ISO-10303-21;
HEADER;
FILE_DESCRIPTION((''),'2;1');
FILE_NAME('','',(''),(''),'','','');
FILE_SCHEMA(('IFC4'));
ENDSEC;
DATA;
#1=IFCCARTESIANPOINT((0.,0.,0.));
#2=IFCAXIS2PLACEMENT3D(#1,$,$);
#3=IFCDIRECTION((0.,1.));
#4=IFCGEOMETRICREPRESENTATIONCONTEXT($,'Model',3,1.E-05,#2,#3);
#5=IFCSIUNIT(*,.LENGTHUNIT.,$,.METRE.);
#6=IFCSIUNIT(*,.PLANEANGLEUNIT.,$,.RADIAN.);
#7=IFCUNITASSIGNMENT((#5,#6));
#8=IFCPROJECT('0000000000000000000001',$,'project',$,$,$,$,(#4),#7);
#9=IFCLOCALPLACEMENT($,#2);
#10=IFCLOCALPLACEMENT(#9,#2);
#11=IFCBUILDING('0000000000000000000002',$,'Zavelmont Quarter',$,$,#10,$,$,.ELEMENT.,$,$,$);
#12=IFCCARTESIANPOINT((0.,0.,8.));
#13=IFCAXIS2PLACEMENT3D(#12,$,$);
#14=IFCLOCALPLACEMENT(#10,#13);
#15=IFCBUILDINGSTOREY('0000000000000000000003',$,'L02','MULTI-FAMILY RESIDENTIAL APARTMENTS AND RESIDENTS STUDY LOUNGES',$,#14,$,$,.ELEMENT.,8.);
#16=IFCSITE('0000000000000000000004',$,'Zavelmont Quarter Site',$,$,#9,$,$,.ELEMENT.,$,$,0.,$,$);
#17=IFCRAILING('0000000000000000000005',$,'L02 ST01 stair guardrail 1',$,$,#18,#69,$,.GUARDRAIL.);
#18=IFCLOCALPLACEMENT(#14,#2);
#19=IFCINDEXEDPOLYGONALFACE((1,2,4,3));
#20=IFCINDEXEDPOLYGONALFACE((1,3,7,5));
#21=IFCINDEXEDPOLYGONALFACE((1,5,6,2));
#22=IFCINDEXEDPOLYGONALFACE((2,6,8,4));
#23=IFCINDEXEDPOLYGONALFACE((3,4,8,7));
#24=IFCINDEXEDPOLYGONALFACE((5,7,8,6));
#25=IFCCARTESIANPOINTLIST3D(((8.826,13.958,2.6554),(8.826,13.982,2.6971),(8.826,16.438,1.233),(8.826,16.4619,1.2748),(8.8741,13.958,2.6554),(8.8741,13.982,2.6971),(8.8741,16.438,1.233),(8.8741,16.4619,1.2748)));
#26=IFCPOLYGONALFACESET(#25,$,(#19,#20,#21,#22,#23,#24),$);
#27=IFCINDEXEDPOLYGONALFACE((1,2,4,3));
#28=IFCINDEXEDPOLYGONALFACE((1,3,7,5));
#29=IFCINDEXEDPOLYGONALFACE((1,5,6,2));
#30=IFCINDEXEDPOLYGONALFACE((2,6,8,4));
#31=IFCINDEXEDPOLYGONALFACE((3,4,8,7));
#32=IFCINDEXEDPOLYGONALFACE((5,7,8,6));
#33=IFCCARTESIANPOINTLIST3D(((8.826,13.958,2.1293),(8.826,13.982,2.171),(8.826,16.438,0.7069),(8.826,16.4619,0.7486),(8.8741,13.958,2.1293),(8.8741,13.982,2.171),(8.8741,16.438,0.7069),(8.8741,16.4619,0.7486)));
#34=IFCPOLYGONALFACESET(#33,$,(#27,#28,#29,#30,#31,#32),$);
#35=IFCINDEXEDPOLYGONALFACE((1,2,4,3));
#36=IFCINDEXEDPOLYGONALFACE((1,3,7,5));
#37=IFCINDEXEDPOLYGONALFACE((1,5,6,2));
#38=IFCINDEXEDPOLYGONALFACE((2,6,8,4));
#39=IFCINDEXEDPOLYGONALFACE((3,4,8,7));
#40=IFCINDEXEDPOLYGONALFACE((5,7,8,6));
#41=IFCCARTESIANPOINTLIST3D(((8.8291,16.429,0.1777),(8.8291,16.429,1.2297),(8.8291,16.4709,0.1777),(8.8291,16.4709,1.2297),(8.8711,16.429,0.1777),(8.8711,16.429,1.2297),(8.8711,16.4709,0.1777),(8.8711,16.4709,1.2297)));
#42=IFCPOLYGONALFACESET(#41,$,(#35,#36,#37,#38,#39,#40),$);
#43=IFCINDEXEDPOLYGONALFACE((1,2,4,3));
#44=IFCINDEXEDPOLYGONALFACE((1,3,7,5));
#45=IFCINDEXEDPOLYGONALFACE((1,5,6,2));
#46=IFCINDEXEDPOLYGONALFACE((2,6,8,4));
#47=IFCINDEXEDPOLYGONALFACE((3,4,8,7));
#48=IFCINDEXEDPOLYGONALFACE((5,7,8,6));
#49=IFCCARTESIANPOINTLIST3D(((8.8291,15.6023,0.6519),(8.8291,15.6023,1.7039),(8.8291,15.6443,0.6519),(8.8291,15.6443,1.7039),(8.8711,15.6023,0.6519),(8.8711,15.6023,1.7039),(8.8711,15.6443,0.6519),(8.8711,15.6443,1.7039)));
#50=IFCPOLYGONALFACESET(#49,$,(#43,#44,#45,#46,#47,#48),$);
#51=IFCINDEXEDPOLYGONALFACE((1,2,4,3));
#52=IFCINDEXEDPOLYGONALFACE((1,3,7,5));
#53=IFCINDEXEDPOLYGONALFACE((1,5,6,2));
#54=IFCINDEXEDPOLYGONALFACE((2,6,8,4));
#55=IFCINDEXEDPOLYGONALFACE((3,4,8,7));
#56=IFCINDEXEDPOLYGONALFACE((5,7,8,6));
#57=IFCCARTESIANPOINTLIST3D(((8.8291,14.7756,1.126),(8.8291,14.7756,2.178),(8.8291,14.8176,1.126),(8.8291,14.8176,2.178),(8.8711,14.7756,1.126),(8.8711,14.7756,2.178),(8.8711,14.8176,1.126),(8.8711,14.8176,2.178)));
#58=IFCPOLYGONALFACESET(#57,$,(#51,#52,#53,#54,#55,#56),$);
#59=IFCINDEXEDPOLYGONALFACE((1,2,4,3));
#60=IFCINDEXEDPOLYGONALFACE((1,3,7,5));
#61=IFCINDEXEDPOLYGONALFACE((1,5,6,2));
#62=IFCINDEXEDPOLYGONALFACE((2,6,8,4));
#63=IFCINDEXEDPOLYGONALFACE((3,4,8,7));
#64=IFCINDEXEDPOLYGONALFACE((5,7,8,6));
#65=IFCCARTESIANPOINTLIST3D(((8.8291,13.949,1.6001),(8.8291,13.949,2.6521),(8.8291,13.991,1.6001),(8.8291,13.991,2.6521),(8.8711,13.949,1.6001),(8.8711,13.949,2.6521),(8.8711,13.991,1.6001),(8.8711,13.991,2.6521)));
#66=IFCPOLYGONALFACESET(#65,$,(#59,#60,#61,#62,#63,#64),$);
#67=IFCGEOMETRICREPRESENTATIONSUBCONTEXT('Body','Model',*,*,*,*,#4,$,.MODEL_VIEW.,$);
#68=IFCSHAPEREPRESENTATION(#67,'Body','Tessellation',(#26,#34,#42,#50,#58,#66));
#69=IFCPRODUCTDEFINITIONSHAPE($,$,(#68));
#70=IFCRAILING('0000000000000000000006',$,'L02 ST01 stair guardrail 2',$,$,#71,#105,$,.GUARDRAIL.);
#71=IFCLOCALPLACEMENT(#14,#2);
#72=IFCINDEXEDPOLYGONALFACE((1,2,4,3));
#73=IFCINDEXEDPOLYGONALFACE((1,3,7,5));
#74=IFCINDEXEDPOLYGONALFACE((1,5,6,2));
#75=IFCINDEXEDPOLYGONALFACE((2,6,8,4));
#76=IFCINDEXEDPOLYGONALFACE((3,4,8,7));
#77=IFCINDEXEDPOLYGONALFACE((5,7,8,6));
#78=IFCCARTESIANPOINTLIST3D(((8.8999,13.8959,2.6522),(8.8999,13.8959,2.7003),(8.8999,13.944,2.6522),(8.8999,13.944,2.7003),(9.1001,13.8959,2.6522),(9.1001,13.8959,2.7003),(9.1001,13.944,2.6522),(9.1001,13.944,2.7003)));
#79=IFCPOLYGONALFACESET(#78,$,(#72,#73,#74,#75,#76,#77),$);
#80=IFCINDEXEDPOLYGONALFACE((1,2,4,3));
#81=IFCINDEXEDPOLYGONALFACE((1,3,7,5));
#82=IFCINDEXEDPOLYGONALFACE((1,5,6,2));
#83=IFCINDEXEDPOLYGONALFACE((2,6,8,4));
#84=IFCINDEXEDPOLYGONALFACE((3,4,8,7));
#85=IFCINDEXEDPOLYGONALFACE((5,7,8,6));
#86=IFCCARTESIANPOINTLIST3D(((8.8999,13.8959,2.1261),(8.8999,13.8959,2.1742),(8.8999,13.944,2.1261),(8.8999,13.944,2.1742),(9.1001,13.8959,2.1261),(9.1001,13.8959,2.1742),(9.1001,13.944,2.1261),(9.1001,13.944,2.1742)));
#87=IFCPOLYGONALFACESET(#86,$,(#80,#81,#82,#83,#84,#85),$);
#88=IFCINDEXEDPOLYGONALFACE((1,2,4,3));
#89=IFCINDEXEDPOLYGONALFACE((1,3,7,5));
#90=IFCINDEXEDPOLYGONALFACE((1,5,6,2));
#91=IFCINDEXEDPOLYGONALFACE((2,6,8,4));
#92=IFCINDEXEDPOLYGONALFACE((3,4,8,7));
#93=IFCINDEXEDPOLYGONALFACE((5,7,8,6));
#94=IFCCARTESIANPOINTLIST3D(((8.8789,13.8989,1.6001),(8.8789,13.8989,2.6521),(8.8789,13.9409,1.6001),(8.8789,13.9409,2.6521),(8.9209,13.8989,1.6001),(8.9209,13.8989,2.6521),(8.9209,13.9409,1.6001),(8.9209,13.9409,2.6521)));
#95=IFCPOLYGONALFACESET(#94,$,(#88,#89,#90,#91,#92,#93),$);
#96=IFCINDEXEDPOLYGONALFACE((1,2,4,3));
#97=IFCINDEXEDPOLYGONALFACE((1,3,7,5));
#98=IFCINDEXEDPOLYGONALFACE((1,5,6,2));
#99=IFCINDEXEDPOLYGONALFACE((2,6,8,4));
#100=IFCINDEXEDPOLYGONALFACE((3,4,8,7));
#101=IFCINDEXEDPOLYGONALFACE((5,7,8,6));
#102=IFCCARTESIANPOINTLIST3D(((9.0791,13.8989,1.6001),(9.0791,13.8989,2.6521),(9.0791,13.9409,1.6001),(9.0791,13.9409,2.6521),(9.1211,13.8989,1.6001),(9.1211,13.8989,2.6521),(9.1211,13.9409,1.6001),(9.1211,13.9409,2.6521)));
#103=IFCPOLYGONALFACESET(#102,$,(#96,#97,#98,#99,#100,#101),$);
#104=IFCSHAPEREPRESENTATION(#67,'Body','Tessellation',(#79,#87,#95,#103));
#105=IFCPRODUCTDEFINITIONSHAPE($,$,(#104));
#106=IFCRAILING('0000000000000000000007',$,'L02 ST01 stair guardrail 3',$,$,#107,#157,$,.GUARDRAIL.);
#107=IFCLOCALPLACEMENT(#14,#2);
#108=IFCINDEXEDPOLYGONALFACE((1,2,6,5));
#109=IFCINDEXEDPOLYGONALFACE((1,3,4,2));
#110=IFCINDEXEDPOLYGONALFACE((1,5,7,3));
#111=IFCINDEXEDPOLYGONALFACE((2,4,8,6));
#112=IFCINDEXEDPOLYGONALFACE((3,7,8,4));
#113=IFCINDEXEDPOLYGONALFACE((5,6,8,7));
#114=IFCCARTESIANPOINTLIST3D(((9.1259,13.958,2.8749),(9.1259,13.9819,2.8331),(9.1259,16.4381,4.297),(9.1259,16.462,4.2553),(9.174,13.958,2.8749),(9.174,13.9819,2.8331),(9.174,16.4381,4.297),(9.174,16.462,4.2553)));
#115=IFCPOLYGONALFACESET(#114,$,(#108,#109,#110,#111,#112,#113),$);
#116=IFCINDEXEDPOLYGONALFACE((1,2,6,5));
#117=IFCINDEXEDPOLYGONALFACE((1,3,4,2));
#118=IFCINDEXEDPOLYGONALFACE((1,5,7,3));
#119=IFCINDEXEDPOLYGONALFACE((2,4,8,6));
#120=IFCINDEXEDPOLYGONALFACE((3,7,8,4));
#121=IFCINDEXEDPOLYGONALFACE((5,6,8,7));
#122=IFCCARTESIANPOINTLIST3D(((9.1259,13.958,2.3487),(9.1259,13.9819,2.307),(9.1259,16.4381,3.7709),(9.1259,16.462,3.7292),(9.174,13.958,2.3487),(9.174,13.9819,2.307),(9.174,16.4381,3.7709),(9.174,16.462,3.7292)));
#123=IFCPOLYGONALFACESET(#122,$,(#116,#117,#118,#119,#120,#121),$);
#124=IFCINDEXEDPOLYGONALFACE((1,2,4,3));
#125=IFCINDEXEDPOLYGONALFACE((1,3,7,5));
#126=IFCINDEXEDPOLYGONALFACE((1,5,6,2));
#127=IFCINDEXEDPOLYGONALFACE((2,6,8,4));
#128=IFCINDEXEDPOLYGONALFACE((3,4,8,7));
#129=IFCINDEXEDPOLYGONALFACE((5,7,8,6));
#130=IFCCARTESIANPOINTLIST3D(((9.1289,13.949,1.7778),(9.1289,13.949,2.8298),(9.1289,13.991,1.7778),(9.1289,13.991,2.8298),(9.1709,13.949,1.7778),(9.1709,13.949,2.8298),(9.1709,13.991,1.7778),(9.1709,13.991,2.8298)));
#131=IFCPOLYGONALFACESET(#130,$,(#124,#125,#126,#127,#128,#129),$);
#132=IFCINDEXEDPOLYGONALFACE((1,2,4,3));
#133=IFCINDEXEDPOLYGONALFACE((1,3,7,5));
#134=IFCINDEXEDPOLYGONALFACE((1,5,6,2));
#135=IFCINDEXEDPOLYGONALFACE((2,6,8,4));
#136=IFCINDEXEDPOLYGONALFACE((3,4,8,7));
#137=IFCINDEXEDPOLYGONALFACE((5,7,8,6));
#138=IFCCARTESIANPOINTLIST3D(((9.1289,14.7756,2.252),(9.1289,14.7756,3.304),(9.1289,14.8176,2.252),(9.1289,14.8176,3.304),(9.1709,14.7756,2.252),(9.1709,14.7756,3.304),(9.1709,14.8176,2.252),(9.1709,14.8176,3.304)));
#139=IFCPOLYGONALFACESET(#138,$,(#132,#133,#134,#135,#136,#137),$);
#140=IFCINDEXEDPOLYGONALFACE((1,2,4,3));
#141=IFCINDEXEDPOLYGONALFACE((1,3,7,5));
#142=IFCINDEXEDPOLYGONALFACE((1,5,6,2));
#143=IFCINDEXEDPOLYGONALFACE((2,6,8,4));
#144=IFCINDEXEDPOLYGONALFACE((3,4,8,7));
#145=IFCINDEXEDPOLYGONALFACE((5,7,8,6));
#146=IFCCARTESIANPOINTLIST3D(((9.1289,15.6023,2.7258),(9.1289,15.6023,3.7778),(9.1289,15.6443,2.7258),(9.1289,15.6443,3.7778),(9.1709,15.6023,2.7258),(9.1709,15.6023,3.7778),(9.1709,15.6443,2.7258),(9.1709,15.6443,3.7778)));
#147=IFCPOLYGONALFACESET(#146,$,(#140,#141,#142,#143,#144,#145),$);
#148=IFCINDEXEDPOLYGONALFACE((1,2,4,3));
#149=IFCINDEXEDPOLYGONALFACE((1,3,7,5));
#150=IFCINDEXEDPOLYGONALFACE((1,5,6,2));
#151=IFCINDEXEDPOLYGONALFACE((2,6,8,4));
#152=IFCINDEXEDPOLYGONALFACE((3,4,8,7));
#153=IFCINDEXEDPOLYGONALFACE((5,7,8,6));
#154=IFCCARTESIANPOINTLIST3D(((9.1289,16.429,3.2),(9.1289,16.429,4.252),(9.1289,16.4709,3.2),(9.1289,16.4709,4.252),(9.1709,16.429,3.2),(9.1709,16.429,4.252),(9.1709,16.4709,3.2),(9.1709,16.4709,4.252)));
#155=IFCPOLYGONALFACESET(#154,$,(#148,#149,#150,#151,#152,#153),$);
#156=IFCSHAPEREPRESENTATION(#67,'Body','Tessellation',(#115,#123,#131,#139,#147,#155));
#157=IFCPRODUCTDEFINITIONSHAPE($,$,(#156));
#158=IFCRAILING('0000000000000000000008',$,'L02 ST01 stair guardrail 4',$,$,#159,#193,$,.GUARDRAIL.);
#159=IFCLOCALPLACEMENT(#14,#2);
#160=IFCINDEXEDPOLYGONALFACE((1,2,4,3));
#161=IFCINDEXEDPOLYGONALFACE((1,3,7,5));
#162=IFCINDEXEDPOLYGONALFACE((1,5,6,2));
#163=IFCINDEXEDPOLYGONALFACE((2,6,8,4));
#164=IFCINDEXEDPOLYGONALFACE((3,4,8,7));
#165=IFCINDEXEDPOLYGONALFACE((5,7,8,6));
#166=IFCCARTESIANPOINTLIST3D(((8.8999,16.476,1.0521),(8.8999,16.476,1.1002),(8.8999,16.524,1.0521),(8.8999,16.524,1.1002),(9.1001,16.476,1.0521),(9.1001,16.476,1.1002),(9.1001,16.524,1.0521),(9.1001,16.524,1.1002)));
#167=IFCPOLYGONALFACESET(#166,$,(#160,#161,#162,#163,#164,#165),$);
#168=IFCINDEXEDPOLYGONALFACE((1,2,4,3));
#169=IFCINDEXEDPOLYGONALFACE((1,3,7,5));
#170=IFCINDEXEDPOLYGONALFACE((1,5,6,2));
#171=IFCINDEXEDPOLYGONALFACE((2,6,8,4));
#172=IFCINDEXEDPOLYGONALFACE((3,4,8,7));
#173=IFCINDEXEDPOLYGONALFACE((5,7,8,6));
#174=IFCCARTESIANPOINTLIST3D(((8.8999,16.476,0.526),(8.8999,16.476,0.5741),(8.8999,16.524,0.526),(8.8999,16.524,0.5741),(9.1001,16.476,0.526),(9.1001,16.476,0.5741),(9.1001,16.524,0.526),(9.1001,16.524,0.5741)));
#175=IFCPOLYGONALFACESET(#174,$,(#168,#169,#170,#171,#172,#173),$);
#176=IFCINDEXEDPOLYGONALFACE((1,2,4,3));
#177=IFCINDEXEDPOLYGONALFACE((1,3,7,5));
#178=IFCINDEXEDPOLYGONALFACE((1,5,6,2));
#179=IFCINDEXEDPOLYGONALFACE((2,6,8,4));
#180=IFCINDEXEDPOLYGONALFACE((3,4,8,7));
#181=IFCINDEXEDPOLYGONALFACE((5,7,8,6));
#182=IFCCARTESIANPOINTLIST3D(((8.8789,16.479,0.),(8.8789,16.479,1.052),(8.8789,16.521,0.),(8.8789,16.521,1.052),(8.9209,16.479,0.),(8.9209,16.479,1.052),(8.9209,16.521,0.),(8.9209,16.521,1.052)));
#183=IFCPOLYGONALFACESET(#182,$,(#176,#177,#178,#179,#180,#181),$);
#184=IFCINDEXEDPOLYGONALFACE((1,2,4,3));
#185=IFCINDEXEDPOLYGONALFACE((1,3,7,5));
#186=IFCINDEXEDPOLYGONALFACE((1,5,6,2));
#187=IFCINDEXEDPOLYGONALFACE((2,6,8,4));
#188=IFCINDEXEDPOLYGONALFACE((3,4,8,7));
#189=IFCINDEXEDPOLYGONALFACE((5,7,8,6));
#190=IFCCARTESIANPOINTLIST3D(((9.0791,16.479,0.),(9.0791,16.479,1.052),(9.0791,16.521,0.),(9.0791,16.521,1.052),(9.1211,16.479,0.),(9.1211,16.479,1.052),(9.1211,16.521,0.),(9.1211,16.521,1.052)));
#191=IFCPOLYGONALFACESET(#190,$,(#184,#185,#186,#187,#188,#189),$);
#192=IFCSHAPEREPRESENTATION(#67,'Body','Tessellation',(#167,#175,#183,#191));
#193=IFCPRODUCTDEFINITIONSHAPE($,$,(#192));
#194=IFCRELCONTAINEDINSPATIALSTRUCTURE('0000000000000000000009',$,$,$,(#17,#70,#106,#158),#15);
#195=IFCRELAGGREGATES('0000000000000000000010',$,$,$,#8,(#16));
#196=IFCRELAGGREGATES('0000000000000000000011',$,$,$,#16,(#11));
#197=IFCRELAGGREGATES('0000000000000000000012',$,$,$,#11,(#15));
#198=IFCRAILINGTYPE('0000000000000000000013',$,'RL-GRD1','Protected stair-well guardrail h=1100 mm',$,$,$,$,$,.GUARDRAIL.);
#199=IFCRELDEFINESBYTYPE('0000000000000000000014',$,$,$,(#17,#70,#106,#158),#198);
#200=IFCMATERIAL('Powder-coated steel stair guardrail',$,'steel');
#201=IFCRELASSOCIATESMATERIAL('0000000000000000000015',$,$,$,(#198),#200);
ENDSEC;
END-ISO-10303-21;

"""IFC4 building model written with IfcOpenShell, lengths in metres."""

from ifc_helpers import new_model, si_unit, direction, frame, origin, origin_2d, place, context, subcontext, project, spatial, rectangle, extrude, material, type_object, element, save


model = new_model("IFC4")

# Units and contexts
model_context = context("Model", 3, precision=1e-05, world=origin(), true_north=direction((0.0, 1.0)))
body_context = subcontext(model_context, "Body", "Model", "MODEL_VIEW")
ifc_project = project(units=[si_unit("LENGTHUNIT", "METRE"), si_unit("PLANEANGLEUNIT", "RADIAN")], contexts=[model_context])

# Site, building, storey
site_placement = place(None, origin())
site = spatial("IfcSite", under=ifc_project, at=site_placement, Name="Zavelmont Quarter Site", CompositionType="ELEMENT", RefElevation=0.0)
building_placement = place(site_placement, origin())
building = spatial("IfcBuilding", under=site, at=building_placement, Name="Zavelmont Quarter", CompositionType="ELEMENT")
storey_placement = place(building_placement, frame((0.0, 0.0, 8.0)))
storey = spatial("IfcBuildingStorey", under=building, at=storey_placement, Name="L02", Description="MULTI-FAMILY RESIDENTIAL APARTMENTS AND RESIDENTS STUDY LOUNGES", CompositionType="ELEMENT", Elevation=8.0)

# Railings
ifc_material_1 = material(Name="Powder-coated steel stair guardrail", Category="steel")
railing_type_1 = type_object("IfcRailingType", Name="RL-GRD1", Description="Protected stair-well guardrail h=1100 mm", PredefinedType="GUARDRAIL", material=ifc_material_1)
railing_1_placement = place(storey_placement, frame((8.8501, 16.45, 0.1777)))
element("IfcRailing", 1, at=railing_1_placement, inside=storey, type_object=railing_type_1, Name="L02 ST01 stair guardrail 1", PredefinedType="GUARDRAIL", context=body_context, shape_type="SweptSolid", body=[
    extrude(rectangle(XDim=0.0481, YDim=0.0481, at=origin_2d()), frame((0.0, 0.0, 1.0762), z_axis=(0.0, -0.867454, 0.497518), x_axis=(1.0, 0.0, 0.0)), (0.0, 0.0, 1.0), 2.8589),
    extrude(rectangle(XDim=0.0481, YDim=0.0481, at=origin_2d()), frame((0.0, 0.0, 0.55), z_axis=(0.0, -0.867454, 0.497518), x_axis=(1.0, 0.0, 0.0)), (0.0, 0.0, 1.0), 2.8589),
    extrude(rectangle(XDim=0.042, YDim=0.042, at=origin_2d()), origin(), (0.0, 0.0, 1.0), 1.052),
    extrude(rectangle(XDim=0.042, YDim=0.042, at=origin_2d()), frame((0.0, -0.8267, 0.4741)), (0.0, 0.0, 1.0), 1.052),
    extrude(rectangle(XDim=0.042, YDim=0.042, at=origin_2d()), frame((0.0, -1.6533, 0.9482)), (0.0, 0.0, 1.0), 1.052),
    extrude(rectangle(XDim=0.042, YDim=0.042, at=origin_2d()), frame((0.0, -2.48, 1.4224)), (0.0, 0.0, 1.0), 1.052),
])
railing_2_placement = place(storey_placement, frame((8.8999, 13.9199, 1.6001)))
element("IfcRailing", 2, at=railing_2_placement, inside=storey, type_object=railing_type_1, Name="L02 ST01 stair guardrail 2", PredefinedType="GUARDRAIL", context=body_context, shape_type="SweptSolid", body=[
    extrude(rectangle(XDim=0.0481, YDim=0.0481, at=origin_2d()), frame((0.0, 0.0, 1.0762), z_axis=(1.0, 0.0, 0.0), x_axis=(0.0, 1.0, 0.0)), (0.0, 0.0, 1.0), 0.2002),
    extrude(rectangle(XDim=0.0481, YDim=0.0481, at=origin_2d()), frame((0.0, 0.0, 0.55), z_axis=(1.0, 0.0, 0.0), x_axis=(0.0, 1.0, 0.0)), (0.0, 0.0, 1.0), 0.2002),
    extrude(rectangle(XDim=0.042, YDim=0.042, at=origin_2d()), origin(), (0.0, 0.0, 1.0), 1.052),
    extrude(rectangle(XDim=0.042, YDim=0.042, at=origin_2d()), frame((0.2002, 0.0, 0.0)), (0.0, 0.0, 1.0), 1.052),
])
railing_3_placement = place(storey_placement, frame((9.1499, 13.97, 1.7778)))
element("IfcRailing", 3, at=railing_3_placement, inside=storey, type_object=railing_type_1, Name="L02 ST01 stair guardrail 3", PredefinedType="GUARDRAIL", context=body_context, shape_type="SweptSolid", body=[
    extrude(rectangle(XDim=0.0481, YDim=0.0481, at=origin_2d()), frame((0.0, 0.0, 1.0762), z_axis=(0.0, 0.867491, 0.497454), x_axis=(-1.0, 0.0, 0.0)), (0.0, 0.0, 1.0), 2.8589),
    extrude(rectangle(XDim=0.0481, YDim=0.0481, at=origin_2d()), frame((0.0, 0.0, 0.55), z_axis=(0.0, 0.867491, 0.497454), x_axis=(-1.0, 0.0, 0.0)), (0.0, 0.0, 1.0), 2.8589),
    extrude(rectangle(XDim=0.042, YDim=0.042, at=origin_2d()), origin(), (0.0, 0.0, 1.0), 1.052),
    extrude(rectangle(XDim=0.042, YDim=0.042, at=origin_2d()), frame((0.0, 0.8267, 0.4741)), (0.0, 0.0, 1.0), 1.052),
    extrude(rectangle(XDim=0.042, YDim=0.042, at=origin_2d()), frame((0.0, 1.6533, 0.948)), (0.0, 0.0, 1.0), 1.052),
    extrude(rectangle(XDim=0.042, YDim=0.042, at=origin_2d()), frame((0.0, 2.48, 1.4221)), (0.0, 0.0, 1.0), 1.052),
])
railing_4_placement = place(storey_placement, frame((8.8999, 16.5, 0.0)))
element("IfcRailing", 4, at=railing_4_placement, inside=storey, type_object=railing_type_1, Name="L02 ST01 stair guardrail 4", PredefinedType="GUARDRAIL", context=body_context, shape_type="SweptSolid", body=[
    extrude(rectangle(XDim=0.0481, YDim=0.0481, at=origin_2d()), frame((0.0, 0.0, 1.0762), z_axis=(1.0, 0.0, 0.0), x_axis=(0.0, 1.0, 0.0)), (0.0, 0.0, 1.0), 0.2002),
    extrude(rectangle(XDim=0.0481, YDim=0.0481, at=origin_2d()), frame((0.0, 0.0, 0.55), z_axis=(1.0, 0.0, 0.0), x_axis=(0.0, 1.0, 0.0)), (0.0, 0.0, 1.0), 0.2002),
    extrude(rectangle(XDim=0.042, YDim=0.042, at=origin_2d()), origin(), (0.0, 0.0, 1.0), 1.052),
    extrude(rectangle(XDim=0.042, YDim=0.042, at=origin_2d()), frame((0.2002, 0.0, 0.0)), (0.0, 0.0, 1.0), 1.052),
])

save(model, "model.ifc")
